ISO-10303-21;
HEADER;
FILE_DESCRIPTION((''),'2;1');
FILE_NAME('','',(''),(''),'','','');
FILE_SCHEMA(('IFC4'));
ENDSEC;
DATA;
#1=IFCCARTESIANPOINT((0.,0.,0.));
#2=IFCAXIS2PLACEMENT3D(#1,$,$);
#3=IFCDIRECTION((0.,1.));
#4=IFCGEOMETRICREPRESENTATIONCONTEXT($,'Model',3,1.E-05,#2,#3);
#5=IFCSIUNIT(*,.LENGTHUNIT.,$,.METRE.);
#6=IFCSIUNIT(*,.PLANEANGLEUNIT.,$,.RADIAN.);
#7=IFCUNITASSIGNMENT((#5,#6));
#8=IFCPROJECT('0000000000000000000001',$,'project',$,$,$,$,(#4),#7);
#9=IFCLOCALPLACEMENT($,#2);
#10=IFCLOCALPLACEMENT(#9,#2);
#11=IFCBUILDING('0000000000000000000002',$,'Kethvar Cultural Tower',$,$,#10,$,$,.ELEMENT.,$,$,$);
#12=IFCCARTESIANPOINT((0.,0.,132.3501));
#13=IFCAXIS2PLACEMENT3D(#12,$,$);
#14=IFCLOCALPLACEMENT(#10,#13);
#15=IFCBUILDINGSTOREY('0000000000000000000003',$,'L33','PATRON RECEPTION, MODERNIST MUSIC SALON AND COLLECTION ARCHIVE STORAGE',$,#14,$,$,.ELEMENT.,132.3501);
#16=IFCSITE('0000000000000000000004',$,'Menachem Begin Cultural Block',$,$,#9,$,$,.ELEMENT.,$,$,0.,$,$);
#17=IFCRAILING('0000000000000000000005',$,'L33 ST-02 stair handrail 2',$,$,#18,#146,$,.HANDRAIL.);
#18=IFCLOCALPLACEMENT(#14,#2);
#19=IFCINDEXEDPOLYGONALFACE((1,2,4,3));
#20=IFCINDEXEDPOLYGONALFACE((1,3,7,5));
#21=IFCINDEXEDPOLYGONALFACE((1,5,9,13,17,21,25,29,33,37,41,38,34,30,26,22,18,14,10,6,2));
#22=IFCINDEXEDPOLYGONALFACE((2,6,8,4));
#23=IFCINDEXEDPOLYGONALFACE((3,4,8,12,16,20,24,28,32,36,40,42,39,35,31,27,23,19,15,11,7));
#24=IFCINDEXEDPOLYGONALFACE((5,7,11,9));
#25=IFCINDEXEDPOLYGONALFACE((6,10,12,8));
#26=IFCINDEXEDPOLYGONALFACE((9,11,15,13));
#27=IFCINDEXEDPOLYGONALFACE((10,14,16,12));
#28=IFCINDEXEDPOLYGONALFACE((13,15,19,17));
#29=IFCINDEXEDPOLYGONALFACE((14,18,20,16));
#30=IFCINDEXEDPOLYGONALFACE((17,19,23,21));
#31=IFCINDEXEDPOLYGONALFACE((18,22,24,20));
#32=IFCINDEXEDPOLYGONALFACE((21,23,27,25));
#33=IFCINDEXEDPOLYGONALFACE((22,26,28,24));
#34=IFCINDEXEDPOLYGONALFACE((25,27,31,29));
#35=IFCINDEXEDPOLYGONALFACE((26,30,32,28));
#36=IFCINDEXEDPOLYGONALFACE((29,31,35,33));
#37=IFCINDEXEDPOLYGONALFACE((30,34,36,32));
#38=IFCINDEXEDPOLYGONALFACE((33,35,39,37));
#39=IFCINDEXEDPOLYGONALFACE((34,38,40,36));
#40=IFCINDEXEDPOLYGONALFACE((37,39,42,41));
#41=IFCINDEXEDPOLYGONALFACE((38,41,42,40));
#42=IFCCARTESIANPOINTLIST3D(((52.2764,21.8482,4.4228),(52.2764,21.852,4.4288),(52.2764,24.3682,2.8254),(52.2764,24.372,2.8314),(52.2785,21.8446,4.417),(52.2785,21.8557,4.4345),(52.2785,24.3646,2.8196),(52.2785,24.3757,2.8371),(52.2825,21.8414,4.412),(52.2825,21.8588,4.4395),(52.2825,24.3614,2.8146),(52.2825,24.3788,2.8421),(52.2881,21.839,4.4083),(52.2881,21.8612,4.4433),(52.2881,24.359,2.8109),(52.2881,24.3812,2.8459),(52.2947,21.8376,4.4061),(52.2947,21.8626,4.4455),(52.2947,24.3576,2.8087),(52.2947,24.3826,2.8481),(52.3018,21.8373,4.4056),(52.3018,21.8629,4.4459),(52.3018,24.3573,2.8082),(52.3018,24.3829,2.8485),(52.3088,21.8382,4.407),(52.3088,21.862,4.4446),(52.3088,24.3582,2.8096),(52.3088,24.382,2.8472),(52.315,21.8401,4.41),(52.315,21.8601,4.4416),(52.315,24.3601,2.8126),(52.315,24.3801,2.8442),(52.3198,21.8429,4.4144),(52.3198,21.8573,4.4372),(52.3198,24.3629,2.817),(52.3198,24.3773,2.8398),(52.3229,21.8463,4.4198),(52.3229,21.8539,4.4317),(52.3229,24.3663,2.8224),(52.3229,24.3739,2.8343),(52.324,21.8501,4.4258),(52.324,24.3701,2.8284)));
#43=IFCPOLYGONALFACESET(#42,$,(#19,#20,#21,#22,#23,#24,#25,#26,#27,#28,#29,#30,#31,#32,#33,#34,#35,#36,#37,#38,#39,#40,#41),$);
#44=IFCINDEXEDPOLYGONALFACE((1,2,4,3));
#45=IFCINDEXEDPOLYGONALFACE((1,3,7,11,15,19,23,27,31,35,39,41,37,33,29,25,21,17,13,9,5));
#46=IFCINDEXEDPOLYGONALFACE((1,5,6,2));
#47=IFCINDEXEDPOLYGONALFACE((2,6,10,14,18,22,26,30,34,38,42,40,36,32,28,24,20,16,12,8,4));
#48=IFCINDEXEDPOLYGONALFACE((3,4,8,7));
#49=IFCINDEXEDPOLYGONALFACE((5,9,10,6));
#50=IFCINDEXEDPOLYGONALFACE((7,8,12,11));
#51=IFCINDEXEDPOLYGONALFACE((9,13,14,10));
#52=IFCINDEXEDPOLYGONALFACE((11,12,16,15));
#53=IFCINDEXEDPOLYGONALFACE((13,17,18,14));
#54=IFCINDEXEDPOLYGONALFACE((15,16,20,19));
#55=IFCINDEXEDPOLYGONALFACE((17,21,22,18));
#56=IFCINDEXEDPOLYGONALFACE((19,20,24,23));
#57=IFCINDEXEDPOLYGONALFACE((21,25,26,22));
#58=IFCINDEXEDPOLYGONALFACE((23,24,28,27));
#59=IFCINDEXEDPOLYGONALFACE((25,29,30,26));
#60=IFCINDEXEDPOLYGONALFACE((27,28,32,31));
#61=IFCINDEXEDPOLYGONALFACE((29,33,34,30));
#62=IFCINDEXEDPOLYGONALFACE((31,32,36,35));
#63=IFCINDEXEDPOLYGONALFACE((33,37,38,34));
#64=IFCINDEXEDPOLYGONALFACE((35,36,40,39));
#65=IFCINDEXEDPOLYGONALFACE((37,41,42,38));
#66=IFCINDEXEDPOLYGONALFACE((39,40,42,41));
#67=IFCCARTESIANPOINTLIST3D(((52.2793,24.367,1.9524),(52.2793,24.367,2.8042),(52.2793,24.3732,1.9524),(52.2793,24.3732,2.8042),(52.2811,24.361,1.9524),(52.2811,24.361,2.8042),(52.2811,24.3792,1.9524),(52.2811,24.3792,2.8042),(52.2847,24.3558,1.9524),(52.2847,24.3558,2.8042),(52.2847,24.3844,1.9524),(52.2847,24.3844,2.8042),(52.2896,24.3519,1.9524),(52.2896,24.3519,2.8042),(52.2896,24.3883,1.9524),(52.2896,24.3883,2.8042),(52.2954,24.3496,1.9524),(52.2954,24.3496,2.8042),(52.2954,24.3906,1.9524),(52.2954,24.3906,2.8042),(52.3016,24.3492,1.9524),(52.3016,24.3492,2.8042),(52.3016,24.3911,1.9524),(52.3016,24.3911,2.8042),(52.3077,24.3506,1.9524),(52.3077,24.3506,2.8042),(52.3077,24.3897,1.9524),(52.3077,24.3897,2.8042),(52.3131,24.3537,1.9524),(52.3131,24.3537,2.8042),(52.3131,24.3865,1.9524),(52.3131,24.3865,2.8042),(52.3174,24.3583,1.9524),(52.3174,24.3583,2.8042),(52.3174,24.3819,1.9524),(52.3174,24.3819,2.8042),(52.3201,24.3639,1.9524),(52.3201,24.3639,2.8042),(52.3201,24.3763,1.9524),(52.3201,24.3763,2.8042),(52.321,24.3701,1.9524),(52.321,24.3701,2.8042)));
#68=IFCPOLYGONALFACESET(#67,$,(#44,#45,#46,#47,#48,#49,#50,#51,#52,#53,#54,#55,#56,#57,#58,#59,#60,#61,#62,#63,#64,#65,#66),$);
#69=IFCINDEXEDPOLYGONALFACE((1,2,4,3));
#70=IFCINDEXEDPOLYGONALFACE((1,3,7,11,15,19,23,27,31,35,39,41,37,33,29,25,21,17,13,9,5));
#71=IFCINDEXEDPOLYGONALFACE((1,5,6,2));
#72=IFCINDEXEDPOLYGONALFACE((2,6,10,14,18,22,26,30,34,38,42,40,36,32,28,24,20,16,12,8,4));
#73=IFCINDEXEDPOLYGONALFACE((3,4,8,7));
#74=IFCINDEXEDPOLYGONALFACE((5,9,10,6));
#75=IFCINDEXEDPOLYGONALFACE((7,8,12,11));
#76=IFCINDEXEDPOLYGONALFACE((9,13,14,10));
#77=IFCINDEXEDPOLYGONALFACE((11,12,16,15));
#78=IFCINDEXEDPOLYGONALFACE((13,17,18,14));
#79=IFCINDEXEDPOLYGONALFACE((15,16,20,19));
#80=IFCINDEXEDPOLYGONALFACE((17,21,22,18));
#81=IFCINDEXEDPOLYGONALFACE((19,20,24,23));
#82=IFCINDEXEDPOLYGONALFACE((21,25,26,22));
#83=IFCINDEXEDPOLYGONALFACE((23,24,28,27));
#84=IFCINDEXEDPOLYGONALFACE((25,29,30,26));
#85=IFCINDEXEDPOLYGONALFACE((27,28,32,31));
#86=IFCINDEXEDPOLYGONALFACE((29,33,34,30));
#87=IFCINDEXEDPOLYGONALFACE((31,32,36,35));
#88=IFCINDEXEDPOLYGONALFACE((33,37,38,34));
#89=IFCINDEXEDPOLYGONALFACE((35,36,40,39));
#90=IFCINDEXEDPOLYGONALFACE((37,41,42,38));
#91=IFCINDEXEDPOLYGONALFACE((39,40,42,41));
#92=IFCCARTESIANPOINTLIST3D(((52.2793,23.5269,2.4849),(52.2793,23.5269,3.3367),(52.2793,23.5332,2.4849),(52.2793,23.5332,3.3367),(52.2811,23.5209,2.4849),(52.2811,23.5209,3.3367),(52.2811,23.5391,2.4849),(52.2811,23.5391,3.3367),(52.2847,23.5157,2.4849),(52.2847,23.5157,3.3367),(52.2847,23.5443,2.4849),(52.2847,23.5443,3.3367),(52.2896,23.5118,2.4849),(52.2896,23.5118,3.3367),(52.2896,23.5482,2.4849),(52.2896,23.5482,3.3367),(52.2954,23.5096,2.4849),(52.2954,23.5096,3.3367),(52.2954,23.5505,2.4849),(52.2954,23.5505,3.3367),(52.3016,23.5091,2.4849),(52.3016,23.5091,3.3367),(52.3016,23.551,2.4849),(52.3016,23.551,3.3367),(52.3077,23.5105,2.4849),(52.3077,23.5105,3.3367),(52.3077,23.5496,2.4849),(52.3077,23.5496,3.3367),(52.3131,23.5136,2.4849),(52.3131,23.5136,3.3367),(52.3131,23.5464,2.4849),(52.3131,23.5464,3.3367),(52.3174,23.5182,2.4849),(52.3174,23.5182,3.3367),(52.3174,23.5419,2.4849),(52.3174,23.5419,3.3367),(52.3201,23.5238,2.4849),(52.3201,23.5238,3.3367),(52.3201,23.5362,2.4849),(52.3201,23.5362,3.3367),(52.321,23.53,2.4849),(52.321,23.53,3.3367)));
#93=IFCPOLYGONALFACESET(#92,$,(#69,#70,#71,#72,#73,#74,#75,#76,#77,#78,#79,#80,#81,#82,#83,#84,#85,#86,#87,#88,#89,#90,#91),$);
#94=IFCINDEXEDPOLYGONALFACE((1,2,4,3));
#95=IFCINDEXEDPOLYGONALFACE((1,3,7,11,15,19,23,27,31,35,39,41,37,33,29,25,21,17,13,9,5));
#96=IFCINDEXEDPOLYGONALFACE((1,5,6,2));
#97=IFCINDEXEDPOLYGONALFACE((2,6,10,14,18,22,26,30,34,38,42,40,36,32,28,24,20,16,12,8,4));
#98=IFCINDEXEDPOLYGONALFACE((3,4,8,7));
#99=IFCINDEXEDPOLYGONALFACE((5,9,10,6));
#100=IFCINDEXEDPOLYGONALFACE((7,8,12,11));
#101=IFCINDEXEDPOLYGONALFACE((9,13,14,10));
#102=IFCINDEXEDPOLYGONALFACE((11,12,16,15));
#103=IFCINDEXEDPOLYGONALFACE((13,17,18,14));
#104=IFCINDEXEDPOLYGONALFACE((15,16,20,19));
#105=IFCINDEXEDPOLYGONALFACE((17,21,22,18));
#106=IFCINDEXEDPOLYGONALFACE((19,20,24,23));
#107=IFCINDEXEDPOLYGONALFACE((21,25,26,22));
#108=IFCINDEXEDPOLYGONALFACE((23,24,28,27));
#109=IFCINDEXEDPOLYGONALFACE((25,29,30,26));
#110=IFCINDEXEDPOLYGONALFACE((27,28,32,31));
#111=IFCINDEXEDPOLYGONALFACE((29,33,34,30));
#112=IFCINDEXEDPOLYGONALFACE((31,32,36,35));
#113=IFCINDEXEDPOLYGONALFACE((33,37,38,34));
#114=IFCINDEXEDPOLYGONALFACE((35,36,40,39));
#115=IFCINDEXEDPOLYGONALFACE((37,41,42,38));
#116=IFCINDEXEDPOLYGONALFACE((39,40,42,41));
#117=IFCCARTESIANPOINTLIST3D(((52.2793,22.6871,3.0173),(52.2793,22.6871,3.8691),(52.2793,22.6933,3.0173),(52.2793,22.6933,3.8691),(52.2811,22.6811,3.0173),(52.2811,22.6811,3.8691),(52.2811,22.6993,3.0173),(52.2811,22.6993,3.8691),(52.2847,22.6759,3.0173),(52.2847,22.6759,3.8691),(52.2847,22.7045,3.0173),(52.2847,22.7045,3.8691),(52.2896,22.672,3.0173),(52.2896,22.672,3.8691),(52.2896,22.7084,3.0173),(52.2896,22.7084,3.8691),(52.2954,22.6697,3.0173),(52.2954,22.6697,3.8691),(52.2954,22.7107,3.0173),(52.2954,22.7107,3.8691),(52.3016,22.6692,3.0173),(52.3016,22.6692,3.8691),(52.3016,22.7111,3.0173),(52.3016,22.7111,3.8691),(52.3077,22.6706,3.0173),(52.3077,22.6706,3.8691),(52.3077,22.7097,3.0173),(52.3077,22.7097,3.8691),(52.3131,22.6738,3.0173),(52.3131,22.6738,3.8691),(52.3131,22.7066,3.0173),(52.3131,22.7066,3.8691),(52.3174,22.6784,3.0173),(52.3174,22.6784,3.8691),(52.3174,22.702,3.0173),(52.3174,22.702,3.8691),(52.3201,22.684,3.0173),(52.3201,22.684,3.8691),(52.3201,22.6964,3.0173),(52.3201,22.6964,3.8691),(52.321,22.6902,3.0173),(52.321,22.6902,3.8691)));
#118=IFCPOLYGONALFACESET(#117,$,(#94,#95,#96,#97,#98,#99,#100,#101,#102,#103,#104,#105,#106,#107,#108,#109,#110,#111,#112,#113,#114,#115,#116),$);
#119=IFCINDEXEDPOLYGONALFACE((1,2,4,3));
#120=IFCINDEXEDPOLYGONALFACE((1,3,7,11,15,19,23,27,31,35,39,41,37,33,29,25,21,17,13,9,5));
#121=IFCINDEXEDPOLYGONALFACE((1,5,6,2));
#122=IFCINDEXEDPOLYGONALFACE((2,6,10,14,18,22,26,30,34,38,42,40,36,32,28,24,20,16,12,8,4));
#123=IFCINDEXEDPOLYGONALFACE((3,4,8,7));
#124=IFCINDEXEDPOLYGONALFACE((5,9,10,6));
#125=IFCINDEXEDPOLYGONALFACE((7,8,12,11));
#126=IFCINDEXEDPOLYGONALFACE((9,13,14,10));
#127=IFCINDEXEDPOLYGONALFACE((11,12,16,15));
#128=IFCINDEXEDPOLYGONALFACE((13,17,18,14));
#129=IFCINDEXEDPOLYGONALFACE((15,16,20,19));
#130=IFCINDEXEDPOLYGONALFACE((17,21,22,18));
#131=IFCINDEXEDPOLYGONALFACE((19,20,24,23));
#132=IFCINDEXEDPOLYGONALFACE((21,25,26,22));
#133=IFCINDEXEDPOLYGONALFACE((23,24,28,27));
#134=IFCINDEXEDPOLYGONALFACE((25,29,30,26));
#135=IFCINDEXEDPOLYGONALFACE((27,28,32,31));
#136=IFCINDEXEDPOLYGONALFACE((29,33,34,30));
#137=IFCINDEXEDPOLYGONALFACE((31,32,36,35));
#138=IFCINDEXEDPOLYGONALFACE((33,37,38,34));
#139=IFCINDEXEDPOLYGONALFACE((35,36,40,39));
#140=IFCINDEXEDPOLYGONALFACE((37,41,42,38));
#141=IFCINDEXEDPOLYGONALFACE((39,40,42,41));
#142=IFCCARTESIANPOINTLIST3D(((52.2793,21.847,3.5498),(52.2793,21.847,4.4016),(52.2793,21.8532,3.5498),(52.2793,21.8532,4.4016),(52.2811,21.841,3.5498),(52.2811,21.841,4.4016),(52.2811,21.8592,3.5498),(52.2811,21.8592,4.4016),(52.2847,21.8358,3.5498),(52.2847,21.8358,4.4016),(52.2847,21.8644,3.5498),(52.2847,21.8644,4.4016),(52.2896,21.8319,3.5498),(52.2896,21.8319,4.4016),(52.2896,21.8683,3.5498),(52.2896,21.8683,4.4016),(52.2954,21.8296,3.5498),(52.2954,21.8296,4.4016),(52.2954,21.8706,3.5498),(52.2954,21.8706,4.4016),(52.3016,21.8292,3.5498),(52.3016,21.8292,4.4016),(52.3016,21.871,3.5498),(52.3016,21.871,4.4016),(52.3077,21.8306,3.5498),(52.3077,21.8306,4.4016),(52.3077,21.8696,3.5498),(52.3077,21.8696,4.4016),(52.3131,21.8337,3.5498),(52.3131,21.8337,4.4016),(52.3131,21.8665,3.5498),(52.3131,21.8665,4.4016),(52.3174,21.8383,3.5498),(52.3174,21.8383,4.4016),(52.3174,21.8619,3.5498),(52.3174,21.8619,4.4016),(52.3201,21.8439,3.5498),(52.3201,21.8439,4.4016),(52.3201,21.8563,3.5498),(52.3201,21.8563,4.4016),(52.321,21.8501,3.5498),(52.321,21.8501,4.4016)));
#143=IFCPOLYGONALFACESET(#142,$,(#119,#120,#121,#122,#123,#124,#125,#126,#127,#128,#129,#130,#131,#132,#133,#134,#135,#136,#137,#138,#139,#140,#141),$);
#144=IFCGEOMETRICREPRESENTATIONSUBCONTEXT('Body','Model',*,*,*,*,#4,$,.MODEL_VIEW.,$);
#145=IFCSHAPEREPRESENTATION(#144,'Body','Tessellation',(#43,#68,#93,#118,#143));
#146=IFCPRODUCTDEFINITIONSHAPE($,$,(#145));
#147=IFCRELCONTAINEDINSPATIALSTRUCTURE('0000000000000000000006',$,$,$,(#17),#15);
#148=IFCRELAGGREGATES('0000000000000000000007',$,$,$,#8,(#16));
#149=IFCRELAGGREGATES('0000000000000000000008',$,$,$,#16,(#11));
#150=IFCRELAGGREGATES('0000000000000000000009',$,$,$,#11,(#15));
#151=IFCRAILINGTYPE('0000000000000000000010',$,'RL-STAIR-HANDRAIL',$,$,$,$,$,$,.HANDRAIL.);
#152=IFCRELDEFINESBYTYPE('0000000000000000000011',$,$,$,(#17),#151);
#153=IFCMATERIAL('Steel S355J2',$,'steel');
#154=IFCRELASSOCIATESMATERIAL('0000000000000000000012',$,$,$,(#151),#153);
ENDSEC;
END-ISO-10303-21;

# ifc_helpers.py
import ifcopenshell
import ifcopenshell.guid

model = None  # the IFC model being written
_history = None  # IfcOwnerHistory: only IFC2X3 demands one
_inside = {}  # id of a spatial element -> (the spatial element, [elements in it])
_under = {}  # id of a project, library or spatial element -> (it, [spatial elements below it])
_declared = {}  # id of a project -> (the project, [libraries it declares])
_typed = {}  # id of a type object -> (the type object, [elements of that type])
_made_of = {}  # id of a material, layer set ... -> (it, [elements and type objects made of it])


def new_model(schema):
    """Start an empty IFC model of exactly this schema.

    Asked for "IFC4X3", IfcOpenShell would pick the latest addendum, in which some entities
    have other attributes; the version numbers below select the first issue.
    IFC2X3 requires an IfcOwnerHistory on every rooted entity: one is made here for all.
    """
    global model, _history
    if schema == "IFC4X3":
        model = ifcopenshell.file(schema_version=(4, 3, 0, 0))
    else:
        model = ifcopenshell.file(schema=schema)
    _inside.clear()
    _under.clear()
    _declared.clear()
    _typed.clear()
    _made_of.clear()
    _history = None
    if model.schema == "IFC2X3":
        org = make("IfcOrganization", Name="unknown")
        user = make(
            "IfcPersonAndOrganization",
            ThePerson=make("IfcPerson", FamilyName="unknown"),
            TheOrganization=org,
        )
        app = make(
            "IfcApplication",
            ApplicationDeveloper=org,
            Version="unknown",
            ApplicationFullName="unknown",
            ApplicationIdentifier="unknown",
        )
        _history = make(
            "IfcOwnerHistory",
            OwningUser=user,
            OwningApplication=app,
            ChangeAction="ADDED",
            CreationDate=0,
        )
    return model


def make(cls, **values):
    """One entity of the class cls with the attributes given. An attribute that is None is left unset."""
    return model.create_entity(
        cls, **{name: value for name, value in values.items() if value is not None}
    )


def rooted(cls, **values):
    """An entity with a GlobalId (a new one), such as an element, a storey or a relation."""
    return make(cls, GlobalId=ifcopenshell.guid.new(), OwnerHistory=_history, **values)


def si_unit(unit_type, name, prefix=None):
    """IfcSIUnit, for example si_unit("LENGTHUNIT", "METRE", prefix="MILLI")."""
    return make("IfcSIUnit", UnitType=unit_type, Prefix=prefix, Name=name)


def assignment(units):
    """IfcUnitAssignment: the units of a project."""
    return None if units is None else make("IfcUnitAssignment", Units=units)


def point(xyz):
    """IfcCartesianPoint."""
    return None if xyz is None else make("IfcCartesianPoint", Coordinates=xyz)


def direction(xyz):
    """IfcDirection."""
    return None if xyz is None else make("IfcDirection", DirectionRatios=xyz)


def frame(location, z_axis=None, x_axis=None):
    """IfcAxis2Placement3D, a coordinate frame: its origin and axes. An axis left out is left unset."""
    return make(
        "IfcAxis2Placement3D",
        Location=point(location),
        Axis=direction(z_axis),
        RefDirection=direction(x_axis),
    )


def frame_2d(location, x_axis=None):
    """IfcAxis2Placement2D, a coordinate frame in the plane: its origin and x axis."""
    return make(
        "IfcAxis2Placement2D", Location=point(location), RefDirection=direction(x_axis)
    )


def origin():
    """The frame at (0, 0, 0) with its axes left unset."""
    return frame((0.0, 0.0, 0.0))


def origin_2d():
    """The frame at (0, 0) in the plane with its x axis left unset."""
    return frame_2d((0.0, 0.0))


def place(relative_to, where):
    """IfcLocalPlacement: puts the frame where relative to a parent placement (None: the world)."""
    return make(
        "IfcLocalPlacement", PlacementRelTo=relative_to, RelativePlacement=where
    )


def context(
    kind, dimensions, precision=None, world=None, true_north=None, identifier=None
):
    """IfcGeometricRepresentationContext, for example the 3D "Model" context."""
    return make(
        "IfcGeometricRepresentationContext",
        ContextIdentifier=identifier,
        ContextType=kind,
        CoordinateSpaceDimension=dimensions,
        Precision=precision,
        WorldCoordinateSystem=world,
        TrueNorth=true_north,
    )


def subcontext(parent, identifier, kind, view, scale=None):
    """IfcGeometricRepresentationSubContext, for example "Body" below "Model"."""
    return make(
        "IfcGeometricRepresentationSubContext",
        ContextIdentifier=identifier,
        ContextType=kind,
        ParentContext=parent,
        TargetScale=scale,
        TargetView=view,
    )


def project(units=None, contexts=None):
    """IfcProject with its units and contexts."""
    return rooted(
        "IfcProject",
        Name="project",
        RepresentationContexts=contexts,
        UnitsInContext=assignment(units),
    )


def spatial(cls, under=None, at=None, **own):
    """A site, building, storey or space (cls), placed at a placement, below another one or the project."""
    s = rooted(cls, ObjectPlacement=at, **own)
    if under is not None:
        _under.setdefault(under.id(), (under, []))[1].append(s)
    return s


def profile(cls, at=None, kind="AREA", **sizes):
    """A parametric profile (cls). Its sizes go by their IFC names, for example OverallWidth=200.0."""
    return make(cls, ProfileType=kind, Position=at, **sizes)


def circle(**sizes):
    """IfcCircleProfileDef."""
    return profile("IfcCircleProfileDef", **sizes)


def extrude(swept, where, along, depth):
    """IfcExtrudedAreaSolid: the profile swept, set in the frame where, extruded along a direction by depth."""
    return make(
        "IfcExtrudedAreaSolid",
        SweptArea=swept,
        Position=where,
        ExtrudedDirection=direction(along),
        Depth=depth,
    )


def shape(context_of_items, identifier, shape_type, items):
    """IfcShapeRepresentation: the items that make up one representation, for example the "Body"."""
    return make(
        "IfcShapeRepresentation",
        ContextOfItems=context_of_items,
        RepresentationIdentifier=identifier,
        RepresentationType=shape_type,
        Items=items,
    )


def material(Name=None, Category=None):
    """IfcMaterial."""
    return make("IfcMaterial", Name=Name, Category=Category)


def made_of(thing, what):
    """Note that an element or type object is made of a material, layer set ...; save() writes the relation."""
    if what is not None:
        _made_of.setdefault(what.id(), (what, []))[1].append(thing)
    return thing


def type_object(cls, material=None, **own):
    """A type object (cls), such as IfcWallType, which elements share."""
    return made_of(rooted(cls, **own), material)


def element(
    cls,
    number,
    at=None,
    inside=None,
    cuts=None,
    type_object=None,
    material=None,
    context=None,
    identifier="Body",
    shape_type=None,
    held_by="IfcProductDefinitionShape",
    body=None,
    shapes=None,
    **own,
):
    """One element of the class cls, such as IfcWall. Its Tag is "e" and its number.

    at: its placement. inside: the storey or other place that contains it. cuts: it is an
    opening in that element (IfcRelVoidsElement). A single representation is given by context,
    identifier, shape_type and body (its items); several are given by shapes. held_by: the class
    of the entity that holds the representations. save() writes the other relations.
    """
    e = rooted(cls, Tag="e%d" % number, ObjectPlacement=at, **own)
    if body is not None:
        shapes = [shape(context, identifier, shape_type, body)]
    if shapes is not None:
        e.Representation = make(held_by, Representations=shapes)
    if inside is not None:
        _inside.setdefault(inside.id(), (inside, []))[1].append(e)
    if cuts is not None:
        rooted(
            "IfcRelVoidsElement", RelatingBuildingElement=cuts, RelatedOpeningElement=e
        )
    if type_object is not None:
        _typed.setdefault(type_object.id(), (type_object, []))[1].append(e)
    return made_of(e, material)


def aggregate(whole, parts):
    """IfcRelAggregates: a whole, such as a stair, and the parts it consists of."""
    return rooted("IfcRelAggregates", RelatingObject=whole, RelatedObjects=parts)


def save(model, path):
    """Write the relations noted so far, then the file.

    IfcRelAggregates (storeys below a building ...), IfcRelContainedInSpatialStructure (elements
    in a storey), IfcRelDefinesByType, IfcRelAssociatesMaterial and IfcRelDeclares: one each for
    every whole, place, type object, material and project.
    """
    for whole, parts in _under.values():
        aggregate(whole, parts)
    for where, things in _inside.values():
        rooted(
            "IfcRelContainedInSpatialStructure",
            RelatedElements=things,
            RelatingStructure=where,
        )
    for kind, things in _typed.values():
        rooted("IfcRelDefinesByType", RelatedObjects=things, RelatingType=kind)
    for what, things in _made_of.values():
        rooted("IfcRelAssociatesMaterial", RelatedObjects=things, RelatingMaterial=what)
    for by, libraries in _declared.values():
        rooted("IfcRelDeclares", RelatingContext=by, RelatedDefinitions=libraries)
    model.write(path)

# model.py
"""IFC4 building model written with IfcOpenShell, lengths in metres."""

from ifc_helpers import new_model, si_unit, direction, frame, origin, origin_2d, place, context, subcontext, project, spatial, circle, extrude, material, type_object, element, save


model = new_model("IFC4")

# Units and contexts
model_context = context("Model", 3, precision=1e-05, world=origin(), true_north=direction((0.0, 1.0)))
body_context = subcontext(model_context, "Body", "Model", "MODEL_VIEW")
ifc_project = project(units=[si_unit("LENGTHUNIT", "METRE"), si_unit("PLANEANGLEUNIT", "RADIAN")], contexts=[model_context])

# Site, building, storey
site_placement = place(None, origin())
site = spatial("IfcSite", under=ifc_project, at=site_placement, Name="Menachem Begin Cultural Block", CompositionType="ELEMENT", RefElevation=0.0)
building_placement = place(site_placement, origin())
building = spatial("IfcBuilding", under=site, at=building_placement, Name="Kethvar Cultural Tower", CompositionType="ELEMENT")
storey_placement = place(building_placement, frame((0.0, 0.0, 132.3501)))
storey = spatial("IfcBuildingStorey", under=building, at=storey_placement, Name="L33", Description="PATRON RECEPTION, MODERNIST MUSIC SALON AND COLLECTION ARCHIVE STORAGE", CompositionType="ELEMENT", Elevation=132.3501)

# Shared definitions
ifc_material_1 = material(Name="Steel S355J2", Category="steel")

# Railing
railing_type_1 = type_object("IfcRailingType", Name="RL-STAIR-HANDRAIL", PredefinedType="HANDRAIL", material=ifc_material_1)
railing_1_placement = place(storey_placement, frame((52.3, 24.3701, 1.9524)))
element("IfcRailing", 1, at=railing_1_placement, inside=storey, type_object=railing_type_1, Name="L33 ST-02 stair handrail 2", PredefinedType="HANDRAIL", context=body_context, shape_type="SweptSolid", body=[
    extrude(circle(Radius=0.0239, at=origin_2d()), frame((0.0, 0.0, 0.876), z_axis=(0.0, -0.844607, 0.535387), x_axis=(1.0, 0.0, 0.0)), (0.0, 0.0, 1.0), 2.9836),
    extrude(circle(Radius=0.021, at=origin_2d()), origin(), (0.0, 0.0, 1.0), 0.8518),
    extrude(circle(Radius=0.021, at=origin_2d()), frame((0.0, -0.8401, 0.5325)), (0.0, 0.0, 1.0), 0.8518),
    extrude(circle(Radius=0.021, at=origin_2d()), frame((0.0, -1.6799, 1.0649)), (0.0, 0.0, 1.0), 0.8518),
    extrude(circle(Radius=0.021, at=origin_2d()), frame((0.0, -2.52, 1.5974)), (0.0, 0.0, 1.0), 0.8518),
])

save(model, "model.ifc")
